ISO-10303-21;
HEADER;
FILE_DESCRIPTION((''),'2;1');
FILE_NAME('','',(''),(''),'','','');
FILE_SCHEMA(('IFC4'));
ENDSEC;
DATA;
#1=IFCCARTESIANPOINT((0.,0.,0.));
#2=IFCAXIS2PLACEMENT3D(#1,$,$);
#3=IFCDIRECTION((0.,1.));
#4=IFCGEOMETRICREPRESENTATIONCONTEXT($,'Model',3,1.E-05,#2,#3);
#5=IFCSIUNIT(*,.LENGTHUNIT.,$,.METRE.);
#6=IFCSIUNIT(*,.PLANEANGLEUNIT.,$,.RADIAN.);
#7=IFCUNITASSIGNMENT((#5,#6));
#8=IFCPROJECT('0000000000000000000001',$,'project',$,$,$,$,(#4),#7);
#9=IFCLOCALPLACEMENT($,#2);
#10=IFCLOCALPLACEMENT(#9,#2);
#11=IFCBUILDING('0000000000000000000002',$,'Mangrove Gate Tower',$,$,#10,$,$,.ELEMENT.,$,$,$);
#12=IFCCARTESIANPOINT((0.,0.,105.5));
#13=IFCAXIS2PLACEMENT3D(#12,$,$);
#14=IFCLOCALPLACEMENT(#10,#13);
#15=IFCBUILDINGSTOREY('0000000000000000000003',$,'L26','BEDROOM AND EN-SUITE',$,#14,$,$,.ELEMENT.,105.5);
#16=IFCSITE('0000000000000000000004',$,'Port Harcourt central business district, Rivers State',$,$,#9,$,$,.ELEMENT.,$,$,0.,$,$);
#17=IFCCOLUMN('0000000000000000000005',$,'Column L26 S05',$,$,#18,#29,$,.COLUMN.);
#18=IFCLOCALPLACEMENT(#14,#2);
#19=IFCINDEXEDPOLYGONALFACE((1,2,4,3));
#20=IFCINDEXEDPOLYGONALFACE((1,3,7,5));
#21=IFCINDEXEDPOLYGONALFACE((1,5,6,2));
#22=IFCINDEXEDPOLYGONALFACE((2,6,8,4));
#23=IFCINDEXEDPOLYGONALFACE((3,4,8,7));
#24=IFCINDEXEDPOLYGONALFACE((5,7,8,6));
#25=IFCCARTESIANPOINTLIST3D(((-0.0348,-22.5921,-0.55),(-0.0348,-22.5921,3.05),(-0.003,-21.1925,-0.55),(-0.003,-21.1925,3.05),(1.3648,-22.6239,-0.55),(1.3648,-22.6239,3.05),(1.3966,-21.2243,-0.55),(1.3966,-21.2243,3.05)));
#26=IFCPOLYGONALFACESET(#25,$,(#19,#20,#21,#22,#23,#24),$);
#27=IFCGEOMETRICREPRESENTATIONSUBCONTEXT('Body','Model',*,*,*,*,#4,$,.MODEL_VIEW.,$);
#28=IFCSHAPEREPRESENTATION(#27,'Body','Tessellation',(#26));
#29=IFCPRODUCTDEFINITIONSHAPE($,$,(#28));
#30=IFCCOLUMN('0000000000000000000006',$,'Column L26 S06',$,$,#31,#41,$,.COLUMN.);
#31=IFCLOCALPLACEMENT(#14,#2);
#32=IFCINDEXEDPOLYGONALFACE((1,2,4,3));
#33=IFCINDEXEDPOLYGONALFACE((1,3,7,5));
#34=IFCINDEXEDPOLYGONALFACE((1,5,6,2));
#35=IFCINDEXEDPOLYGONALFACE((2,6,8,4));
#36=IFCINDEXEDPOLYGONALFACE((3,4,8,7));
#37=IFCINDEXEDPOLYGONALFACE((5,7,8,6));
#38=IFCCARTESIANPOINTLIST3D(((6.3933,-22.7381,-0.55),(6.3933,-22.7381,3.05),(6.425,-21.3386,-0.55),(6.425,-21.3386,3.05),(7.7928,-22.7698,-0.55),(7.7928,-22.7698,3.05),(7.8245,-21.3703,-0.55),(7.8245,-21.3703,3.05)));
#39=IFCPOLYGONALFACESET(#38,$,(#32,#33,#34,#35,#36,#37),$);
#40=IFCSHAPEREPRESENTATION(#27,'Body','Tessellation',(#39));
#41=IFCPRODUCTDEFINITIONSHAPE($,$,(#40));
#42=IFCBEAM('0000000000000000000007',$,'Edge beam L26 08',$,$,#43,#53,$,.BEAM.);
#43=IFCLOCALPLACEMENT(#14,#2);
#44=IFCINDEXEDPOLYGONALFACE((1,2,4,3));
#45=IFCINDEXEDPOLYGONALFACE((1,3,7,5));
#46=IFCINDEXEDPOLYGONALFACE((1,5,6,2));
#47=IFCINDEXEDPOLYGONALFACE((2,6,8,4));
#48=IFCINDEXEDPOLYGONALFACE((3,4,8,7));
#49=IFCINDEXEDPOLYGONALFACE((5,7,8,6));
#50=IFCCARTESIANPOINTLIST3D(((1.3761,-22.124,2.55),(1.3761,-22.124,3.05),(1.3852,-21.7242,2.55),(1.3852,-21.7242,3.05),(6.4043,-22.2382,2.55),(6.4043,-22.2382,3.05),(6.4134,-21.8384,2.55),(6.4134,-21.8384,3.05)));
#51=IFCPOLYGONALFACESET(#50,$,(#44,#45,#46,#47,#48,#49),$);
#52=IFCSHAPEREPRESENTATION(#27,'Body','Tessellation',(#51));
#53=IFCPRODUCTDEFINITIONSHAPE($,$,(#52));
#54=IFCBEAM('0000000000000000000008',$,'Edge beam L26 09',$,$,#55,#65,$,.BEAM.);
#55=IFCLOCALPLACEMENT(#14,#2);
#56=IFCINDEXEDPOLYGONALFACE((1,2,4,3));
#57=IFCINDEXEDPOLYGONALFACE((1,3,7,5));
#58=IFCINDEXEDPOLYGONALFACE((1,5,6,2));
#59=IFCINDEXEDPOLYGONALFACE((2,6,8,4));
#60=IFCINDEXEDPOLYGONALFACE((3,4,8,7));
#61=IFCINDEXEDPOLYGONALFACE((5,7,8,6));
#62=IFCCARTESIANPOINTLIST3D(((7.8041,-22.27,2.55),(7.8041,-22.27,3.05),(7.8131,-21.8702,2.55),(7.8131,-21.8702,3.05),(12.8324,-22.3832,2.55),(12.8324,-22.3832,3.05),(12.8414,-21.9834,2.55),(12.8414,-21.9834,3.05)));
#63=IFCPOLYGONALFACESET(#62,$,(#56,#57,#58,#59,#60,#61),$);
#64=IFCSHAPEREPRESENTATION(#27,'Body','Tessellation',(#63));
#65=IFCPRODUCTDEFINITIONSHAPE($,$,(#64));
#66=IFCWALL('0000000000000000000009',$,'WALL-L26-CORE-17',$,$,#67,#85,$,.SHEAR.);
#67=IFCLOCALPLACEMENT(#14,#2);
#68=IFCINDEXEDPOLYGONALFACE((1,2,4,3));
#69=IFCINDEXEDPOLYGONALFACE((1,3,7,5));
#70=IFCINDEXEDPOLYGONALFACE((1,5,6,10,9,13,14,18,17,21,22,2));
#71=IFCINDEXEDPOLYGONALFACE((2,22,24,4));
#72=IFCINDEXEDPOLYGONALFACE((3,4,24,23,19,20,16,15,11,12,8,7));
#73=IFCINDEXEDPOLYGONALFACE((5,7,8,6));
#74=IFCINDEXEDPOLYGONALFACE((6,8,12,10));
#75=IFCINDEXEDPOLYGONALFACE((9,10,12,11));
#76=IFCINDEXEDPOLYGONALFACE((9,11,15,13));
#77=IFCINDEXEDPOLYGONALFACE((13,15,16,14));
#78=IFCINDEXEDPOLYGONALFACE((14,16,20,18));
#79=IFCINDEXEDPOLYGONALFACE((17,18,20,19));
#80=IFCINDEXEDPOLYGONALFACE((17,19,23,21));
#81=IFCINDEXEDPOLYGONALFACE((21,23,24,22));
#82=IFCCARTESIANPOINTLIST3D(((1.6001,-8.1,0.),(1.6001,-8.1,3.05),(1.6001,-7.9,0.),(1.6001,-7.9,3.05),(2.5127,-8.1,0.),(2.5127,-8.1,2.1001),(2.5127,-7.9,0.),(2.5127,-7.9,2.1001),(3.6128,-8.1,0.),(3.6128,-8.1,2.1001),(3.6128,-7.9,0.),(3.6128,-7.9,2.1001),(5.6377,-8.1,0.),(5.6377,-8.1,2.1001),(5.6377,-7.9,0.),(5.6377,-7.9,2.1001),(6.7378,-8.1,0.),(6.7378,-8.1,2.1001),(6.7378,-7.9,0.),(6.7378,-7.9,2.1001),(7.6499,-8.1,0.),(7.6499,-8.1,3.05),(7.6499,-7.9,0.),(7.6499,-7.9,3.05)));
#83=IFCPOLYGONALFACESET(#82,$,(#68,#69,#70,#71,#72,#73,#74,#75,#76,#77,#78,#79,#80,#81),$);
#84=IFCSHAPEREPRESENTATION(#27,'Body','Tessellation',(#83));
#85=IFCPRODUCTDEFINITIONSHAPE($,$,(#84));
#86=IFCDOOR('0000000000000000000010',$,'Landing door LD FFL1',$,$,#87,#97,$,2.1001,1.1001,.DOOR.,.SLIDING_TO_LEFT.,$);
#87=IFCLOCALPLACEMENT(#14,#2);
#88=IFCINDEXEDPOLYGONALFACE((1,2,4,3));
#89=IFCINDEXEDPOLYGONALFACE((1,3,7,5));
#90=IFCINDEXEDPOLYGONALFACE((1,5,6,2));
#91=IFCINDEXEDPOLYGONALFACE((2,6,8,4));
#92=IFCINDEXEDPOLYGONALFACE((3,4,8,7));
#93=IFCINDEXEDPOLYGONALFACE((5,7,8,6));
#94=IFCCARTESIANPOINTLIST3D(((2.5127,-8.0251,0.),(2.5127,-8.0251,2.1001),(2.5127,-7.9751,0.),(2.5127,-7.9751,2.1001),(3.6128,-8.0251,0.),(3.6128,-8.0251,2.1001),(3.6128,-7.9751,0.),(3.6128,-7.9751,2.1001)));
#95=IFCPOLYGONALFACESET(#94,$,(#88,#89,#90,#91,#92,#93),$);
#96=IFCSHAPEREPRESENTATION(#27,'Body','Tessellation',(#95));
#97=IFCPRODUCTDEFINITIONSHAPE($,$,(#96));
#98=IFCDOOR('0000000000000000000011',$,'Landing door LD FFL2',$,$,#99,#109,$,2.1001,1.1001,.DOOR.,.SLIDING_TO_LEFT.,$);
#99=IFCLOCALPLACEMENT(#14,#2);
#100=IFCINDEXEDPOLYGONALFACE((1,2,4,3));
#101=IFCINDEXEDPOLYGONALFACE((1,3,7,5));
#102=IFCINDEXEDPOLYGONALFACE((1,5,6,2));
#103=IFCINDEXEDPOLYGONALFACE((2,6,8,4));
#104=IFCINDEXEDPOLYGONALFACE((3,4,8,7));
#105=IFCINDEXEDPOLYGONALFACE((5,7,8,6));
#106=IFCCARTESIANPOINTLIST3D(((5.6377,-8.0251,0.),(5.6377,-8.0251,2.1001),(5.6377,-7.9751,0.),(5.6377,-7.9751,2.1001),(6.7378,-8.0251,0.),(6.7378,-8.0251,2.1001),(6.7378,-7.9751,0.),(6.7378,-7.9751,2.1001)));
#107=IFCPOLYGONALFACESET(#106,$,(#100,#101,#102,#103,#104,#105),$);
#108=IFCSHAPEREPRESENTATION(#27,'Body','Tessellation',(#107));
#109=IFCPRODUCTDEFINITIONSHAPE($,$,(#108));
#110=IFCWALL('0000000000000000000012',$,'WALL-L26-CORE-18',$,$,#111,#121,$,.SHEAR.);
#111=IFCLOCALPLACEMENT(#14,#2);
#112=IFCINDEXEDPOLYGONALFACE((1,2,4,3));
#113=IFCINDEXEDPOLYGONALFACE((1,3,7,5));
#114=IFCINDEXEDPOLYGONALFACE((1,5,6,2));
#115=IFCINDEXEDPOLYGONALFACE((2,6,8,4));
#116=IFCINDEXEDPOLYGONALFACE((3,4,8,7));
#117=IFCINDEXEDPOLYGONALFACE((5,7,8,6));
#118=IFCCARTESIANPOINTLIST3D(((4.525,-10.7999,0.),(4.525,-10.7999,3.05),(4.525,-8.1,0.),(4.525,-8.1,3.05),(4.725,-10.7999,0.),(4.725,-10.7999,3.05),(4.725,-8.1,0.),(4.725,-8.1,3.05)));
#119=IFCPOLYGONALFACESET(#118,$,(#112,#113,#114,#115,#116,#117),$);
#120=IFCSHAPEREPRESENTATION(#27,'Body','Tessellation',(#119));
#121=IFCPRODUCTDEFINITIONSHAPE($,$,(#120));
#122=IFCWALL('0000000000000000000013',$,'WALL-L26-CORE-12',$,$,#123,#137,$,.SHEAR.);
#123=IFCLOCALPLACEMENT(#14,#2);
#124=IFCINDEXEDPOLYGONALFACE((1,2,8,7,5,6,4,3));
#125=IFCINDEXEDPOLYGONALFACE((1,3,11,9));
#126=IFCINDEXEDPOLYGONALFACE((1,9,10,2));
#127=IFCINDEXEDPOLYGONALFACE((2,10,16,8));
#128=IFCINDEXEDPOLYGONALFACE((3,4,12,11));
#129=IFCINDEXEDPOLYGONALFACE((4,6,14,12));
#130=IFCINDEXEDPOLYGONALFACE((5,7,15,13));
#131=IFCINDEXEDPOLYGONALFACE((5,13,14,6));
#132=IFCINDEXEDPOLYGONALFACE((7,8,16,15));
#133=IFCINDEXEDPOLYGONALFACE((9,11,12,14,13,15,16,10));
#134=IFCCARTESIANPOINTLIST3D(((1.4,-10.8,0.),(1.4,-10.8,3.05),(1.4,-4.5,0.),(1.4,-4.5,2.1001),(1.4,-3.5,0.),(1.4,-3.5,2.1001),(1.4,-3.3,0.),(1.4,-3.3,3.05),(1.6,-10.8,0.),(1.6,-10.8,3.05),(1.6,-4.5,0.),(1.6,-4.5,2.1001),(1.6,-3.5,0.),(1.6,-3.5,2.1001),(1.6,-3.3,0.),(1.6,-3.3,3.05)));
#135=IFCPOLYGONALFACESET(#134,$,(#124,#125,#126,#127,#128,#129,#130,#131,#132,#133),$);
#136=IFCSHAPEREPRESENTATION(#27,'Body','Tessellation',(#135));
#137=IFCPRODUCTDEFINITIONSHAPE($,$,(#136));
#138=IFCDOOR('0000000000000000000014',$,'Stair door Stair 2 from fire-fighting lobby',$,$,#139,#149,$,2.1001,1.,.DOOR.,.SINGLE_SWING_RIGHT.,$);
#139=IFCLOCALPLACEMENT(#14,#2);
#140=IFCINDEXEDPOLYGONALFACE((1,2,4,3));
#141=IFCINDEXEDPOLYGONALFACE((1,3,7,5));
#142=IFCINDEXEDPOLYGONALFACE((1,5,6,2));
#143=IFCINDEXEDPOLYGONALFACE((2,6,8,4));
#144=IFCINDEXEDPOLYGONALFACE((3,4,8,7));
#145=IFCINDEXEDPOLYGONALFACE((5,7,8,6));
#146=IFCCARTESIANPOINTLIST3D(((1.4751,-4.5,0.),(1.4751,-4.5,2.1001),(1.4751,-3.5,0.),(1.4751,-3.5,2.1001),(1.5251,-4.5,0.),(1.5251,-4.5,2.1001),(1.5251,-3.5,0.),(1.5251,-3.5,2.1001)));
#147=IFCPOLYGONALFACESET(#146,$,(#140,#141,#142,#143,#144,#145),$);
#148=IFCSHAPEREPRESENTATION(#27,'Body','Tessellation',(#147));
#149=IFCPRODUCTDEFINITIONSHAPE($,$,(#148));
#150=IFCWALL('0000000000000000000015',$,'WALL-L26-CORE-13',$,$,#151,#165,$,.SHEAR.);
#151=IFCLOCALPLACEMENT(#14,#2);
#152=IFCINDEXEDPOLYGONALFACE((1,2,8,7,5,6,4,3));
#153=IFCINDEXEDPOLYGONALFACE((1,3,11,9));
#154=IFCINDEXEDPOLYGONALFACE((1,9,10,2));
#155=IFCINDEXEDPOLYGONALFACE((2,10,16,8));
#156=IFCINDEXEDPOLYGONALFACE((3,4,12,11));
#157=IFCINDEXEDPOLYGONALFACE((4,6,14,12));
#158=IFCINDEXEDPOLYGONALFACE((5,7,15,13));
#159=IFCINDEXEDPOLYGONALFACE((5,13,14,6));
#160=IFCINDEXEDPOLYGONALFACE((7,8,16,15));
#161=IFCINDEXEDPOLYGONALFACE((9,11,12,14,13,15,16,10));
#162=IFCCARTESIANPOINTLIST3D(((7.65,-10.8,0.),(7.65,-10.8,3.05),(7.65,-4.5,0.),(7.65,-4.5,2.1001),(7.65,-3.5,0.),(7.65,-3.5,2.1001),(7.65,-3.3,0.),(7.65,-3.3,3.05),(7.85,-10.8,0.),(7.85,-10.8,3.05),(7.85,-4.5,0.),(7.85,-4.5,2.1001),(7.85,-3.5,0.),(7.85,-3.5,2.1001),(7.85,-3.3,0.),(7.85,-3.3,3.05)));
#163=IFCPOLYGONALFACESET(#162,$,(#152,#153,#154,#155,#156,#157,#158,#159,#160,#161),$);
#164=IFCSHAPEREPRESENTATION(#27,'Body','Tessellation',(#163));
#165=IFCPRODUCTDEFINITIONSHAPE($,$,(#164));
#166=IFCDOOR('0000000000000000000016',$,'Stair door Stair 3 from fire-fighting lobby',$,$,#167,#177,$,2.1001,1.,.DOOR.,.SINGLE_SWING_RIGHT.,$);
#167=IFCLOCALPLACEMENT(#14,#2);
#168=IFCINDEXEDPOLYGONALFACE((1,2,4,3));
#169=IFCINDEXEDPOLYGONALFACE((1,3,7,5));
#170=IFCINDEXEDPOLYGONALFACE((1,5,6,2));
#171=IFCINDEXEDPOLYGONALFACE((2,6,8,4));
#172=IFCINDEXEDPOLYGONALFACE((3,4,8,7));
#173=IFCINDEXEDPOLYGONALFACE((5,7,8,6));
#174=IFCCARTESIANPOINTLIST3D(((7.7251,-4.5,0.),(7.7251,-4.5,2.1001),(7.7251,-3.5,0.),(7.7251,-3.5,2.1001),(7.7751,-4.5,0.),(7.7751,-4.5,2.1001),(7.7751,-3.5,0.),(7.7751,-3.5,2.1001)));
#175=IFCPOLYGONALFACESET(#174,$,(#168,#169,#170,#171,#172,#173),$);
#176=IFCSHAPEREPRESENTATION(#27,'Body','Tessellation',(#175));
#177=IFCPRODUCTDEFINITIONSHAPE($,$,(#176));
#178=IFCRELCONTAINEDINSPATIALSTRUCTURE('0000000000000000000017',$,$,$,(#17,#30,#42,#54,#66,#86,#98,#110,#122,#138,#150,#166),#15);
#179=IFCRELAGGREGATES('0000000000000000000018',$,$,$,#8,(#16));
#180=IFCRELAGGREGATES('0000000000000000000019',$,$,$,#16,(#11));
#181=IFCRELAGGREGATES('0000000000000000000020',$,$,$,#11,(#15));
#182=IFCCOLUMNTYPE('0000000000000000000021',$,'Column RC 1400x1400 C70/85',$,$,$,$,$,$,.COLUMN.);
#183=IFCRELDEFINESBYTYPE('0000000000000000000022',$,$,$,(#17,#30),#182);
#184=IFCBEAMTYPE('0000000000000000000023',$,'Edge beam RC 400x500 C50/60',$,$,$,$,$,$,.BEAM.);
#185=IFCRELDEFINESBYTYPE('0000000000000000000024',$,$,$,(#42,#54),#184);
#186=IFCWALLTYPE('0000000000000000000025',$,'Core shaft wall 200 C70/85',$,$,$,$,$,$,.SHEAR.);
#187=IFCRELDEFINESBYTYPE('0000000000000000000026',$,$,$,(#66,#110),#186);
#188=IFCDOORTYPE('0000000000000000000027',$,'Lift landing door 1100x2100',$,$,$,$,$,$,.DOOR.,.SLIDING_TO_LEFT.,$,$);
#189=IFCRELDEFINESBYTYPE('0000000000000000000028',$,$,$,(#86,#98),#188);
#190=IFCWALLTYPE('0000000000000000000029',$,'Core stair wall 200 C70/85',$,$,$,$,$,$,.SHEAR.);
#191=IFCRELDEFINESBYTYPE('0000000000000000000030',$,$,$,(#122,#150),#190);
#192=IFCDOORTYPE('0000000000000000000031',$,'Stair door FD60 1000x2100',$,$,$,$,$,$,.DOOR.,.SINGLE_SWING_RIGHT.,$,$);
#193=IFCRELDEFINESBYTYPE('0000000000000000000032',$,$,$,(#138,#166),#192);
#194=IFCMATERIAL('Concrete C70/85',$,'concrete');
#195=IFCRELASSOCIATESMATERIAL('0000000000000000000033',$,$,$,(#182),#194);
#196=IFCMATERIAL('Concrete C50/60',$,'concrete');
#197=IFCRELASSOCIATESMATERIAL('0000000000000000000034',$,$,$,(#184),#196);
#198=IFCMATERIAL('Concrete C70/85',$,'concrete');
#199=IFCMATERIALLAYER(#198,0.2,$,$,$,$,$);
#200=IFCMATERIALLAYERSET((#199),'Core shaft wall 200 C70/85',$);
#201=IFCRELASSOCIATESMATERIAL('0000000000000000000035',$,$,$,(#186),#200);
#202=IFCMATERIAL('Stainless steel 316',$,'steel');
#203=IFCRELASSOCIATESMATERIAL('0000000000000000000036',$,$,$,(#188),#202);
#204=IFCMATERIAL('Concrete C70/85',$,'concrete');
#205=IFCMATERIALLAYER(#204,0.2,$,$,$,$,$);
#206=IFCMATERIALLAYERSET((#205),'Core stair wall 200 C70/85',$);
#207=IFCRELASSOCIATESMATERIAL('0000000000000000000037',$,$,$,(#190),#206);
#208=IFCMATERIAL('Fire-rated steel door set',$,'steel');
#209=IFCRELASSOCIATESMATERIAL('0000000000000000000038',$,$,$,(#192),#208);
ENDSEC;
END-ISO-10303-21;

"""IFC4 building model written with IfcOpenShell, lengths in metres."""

from ifc_helpers import new_model, si_unit, direction, frame, frame_2d, origin, origin_2d, place, context, subcontext, project, spatial, rectangle, extrude, material, layer, layer_set, material_profile, profile_set, type_object, element, fill, save


model = new_model("IFC4")

# Units and contexts
model_context = context("Model", 3, precision=1e-05, world=origin(), true_north=direction((0.0, 1.0)))
body_context = subcontext(model_context, "Body", "Model", "MODEL_VIEW")
ifc_project = project(units=[si_unit("LENGTHUNIT", "METRE"), si_unit("PLANEANGLEUNIT", "RADIAN")], contexts=[model_context])

# Site, building, storey
site_placement = place(None, origin())
site = spatial("IfcSite", under=ifc_project, at=site_placement, Name="Port Harcourt central business district, Rivers State", CompositionType="ELEMENT", RefElevation=0.0)
building_placement = place(site_placement, origin())
building = spatial("IfcBuilding", under=site, at=building_placement, Name="Mangrove Gate Tower", CompositionType="ELEMENT")
storey_placement = place(building_placement, frame((0.0, 0.0, 105.5)))
storey = spatial("IfcBuildingStorey", under=building, at=storey_placement, Name="L26", Description="BEDROOM AND EN-SUITE", CompositionType="ELEMENT", Elevation=105.5)

# Columns
ifc_material_1 = material(Name="Concrete C70/85", Category="concrete")
ifc_material_profile_1 = material_profile(ifc_material_1, rectangle(XDim=1.3999, YDim=1.3999, at=origin_2d()))
ifc_profile_set_1 = profile_set([ifc_material_profile_1], Name="Concrete C70/85")
column_type = type_object("IfcColumnType", Name="Column RC 1400x1400 C70/85", PredefinedType="COLUMN", material=ifc_profile_set_1)
for number, where, z_axis, x_axis, name in (
    (1, (0.6809, -21.9082, -0.55), (0.0, 0.0, 1.0), (0.999742, -0.022707, 0.0), "Column L26 S05"),
    (2, (7.1089, -22.0542, -0.55), (0.0, 0.0, 1.0), (0.999744, -0.02263, 0.0), "Column L26 S06"),
):
    element("IfcColumn", number, at=place(storey_placement, frame(where, z_axis=z_axis, x_axis=x_axis)), inside=storey, type_object=column_type, Name=name, PredefinedType="COLUMN", context=body_context, shape_type="SweptSolid", body=[
        extrude(rectangle(XDim=1.3999, YDim=1.3999, at=origin_2d()), origin(), (0.0, 0.0, 1.0), 3.6001),
    ])

# Beams
ifc_material_2 = material(Name="Concrete C50/60", Category="concrete")
ifc_material_profile_2 = material_profile(ifc_material_2, rectangle(XDim=0.3999, YDim=0.5, at=origin_2d()))
ifc_profile_set_2 = profile_set([ifc_material_profile_2], Name="Concrete C50/60")
beam_type = type_object("IfcBeamType", Name="Edge beam RC 400x500 C50/60", PredefinedType="BEAM", material=ifc_profile_set_2)
for number, where, z_axis, x_axis, name in (
    (3, (1.3806, -21.9241, 2.8), (0.999742, -0.022717, 0.0), (0.022717, 0.999742, 0.0), "Edge beam L26 08"),
    (4, (7.8086, -22.0701, 2.8), (0.999746, -0.022523, 0.0), (0.022523, 0.999746, 0.0), "Edge beam L26 09"),
):
    element("IfcBeam", number, at=place(storey_placement, frame(where, z_axis=z_axis, x_axis=x_axis)), inside=storey, type_object=beam_type, Name=name, PredefinedType="BEAM", context=body_context, shape_type="SweptSolid", body=[
        extrude(rectangle(XDim=0.3999, YDim=0.5, at=origin_2d()), origin(), (0.0, 0.0, 1.0), 5.0295),
    ])

# Wall, openings, doors
ifc_material_3 = material(Name="Concrete C70/85", Category="concrete")
ifc_layer_1 = layer(ifc_material_3, 0.2)
ifc_layer_set_1 = layer_set([ifc_layer_1], Name="Core shaft wall 200 C70/85")
wall_type_1 = type_object("IfcWallType", Name="Core shaft wall 200 C70/85", PredefinedType="SHEAR", material=ifc_layer_set_1)
wall_1_placement = place(storey_placement, frame((1.6001, -8.0, 0.0), z_axis=(0.0, 0.0, 1.0), x_axis=(1.0, 0.0, 0.0)))
wall_1 = element("IfcWall", 5, at=wall_1_placement, inside=storey, type_object=wall_type_1, Name="WALL-L26-CORE-17", PredefinedType="SHEAR", context=body_context, shape_type="SweptSolid", body=[
    extrude(rectangle(XDim=6.0498, YDim=0.2, at=frame_2d((3.0249, 0.0))), origin(), (0.0, 0.0, 1.0), 3.05),
])
opening_1_placement = place(wall_1_placement, frame((0.9126, 0.0, 0.0)))
opening_1 = element("IfcOpeningElement", 6, at=opening_1_placement, cuts=wall_1, PredefinedType="OPENING", context=body_context, shape_type="SweptSolid", body=[
    extrude(rectangle(XDim=1.1001, YDim=2.1001, at=frame_2d((0.55, 1.05))), frame((0.0, 0.1099, 0.0), z_axis=(0.0, -1.0, 0.0), x_axis=(1.0, 0.0, 0.0)), (0.0, 0.0, 1.0), 0.22),
])
opening_2_placement = place(wall_1_placement, frame((4.0376, 0.0, 0.0)))
opening_2 = element("IfcOpeningElement", 7, at=opening_2_placement, cuts=wall_1, PredefinedType="OPENING", context=body_context, shape_type="SweptSolid", body=[
    extrude(rectangle(XDim=1.1001, YDim=2.1001, at=frame_2d((0.55, 1.05))), frame((0.0, 0.1099, 0.0), z_axis=(0.0, -1.0, 0.0), x_axis=(1.0, 0.0, 0.0)), (0.0, 0.0, 1.0), 0.22),
])
ifc_material_4 = material(Name="Stainless steel 316", Category="steel")
door_type_1 = type_object("IfcDoorType", Name="Lift landing door 1100x2100", OperationType="SLIDING_TO_LEFT", PredefinedType="DOOR", material=ifc_material_4)
door_1_placement = place(opening_1_placement, origin())
door_1 = element("IfcDoor", 8, at=door_1_placement, inside=storey, type_object=door_type_1, Name="Landing door LD FFL1", OperationType="SLIDING_TO_LEFT", OverallHeight=2.1001, OverallWidth=1.1001, PredefinedType="DOOR", context=body_context, shape_type="SweptSolid", body=[
    extrude(rectangle(XDim=1.1001, YDim=2.1001, at=frame_2d((0.55, 1.05))), frame((0.0, 0.0249, 0.0), z_axis=(0.0, -1.0, 0.0), x_axis=(1.0, 0.0, 0.0)), (0.0, 0.0, 1.0), 0.05),
])
fill(opening_1, door_1)
door_2_placement = place(opening_2_placement, origin())
door_2 = element("IfcDoor", 9, at=door_2_placement, inside=storey, type_object=door_type_1, Name="Landing door LD FFL2", OperationType="SLIDING_TO_LEFT", OverallHeight=2.1001, OverallWidth=1.1001, PredefinedType="DOOR", context=body_context, shape_type="SweptSolid", body=[
    extrude(rectangle(XDim=1.1001, YDim=2.1001, at=frame_2d((0.55, 1.05))), frame((0.0, 0.0249, 0.0), z_axis=(0.0, -1.0, 0.0), x_axis=(1.0, 0.0, 0.0)), (0.0, 0.0, 1.0), 0.05),
])
fill(opening_2, door_2)

# Wall
wall_2_placement = place(storey_placement, frame((4.625, -10.8, 0.0), z_axis=(0.0, 0.0, 1.0), x_axis=(0.0, 1.0, 0.0)))
element("IfcWall", 10, at=wall_2_placement, inside=storey, type_object=wall_type_1, Name="WALL-L26-CORE-18", PredefinedType="SHEAR", context=body_context, shape_type="SweptSolid", body=[
    extrude(rectangle(XDim=2.7, YDim=0.2, at=frame_2d((1.3501, 0.0))), origin(), (0.0, 0.0, 1.0), 3.05),
])

# Walls, openings, doors
ifc_material_5 = material(Name="Concrete C70/85", Category="concrete")
ifc_layer_2 = layer(ifc_material_5, 0.2)
ifc_layer_set_2 = layer_set([ifc_layer_2], Name="Core stair wall 200 C70/85")
wall_type_2 = type_object("IfcWallType", Name="Core stair wall 200 C70/85", PredefinedType="SHEAR", material=ifc_layer_set_2)
wall_3_placement = place(storey_placement, frame((1.5, -10.8, 0.0), z_axis=(0.0, 0.0, 1.0), x_axis=(0.0, 1.0, 0.0)))
wall_3 = element("IfcWall", 11, at=wall_3_placement, inside=storey, type_object=wall_type_2, Name="WALL-L26-CORE-12", PredefinedType="SHEAR", context=body_context, shape_type="SweptSolid", body=[
    extrude(rectangle(XDim=7.5, YDim=0.2, at=frame_2d((3.75, 0.0))), origin(), (0.0, 0.0, 1.0), 3.05),
])
opening_3_placement = place(wall_3_placement, frame((6.3, 0.0, 0.0)))
opening_3 = element("IfcOpeningElement", 12, at=opening_3_placement, cuts=wall_3, PredefinedType="OPENING", context=body_context, shape_type="SweptSolid", body=[
    extrude(rectangle(XDim=1.0, YDim=2.1001, at=frame_2d((0.5, 1.05))), frame((0.0, 0.1099, 0.0), z_axis=(0.0, -1.0, 0.0), x_axis=(1.0, 0.0, 0.0)), (0.0, 0.0, 1.0), 0.22),
])
ifc_material_6 = material(Name="Fire-rated steel door set", Category="steel")
door_type_2 = type_object("IfcDoorType", Name="Stair door FD60 1000x2100", OperationType="SINGLE_SWING_RIGHT", PredefinedType="DOOR", material=ifc_material_6)
door_3_placement = place(opening_3_placement, origin())
door_3 = element("IfcDoor", 13, at=door_3_placement, inside=storey, type_object=door_type_2, Name="Stair door Stair 2 from fire-fighting lobby", OperationType="SINGLE_SWING_RIGHT", OverallHeight=2.1001, OverallWidth=1.0, PredefinedType="DOOR", context=body_context, shape_type="SweptSolid", body=[
    extrude(rectangle(XDim=1.0, YDim=2.1001, at=frame_2d((0.5, 1.05))), frame((0.0, 0.0249, 0.0), z_axis=(0.0, -1.0, 0.0), x_axis=(1.0, 0.0, 0.0)), (0.0, 0.0, 1.0), 0.05),
])
fill(opening_3, door_3)
wall_4_placement = place(storey_placement, frame((7.75, -10.8, 0.0), z_axis=(0.0, 0.0, 1.0), x_axis=(0.0, 1.0, 0.0)))
wall_4 = element("IfcWall", 14, at=wall_4_placement, inside=storey, type_object=wall_type_2, Name="WALL-L26-CORE-13", PredefinedType="SHEAR", context=body_context, shape_type="SweptSolid", body=[
    extrude(rectangle(XDim=7.5, YDim=0.2, at=frame_2d((3.75, 0.0))), origin(), (0.0, 0.0, 1.0), 3.05),
])
opening_4_placement = place(wall_4_placement, frame((6.3, 0.0, 0.0)))
opening_4 = element("IfcOpeningElement", 15, at=opening_4_placement, cuts=wall_4, PredefinedType="OPENING", context=body_context, shape_type="SweptSolid", body=[
    extrude(rectangle(XDim=1.0, YDim=2.1001, at=frame_2d((0.5, 1.05))), frame((0.0, 0.1099, 0.0), z_axis=(0.0, -1.0, 0.0), x_axis=(1.0, 0.0, 0.0)), (0.0, 0.0, 1.0), 0.22),
])
door_4_placement = place(opening_4_placement, origin())
door_4 = element("IfcDoor", 16, at=door_4_placement, inside=storey, type_object=door_type_2, Name="Stair door Stair 3 from fire-fighting lobby", OperationType="SINGLE_SWING_RIGHT", OverallHeight=2.1001, OverallWidth=1.0, PredefinedType="DOOR", context=body_context, shape_type="SweptSolid", body=[
    extrude(rectangle(XDim=1.0, YDim=2.1001, at=frame_2d((0.5, 1.05))), frame((0.0, 0.0249, 0.0), z_axis=(0.0, -1.0, 0.0), x_axis=(1.0, 0.0, 0.0)), (0.0, 0.0, 1.0), 0.05),
])
fill(opening_4, door_4)

save(model, "model.ifc")
